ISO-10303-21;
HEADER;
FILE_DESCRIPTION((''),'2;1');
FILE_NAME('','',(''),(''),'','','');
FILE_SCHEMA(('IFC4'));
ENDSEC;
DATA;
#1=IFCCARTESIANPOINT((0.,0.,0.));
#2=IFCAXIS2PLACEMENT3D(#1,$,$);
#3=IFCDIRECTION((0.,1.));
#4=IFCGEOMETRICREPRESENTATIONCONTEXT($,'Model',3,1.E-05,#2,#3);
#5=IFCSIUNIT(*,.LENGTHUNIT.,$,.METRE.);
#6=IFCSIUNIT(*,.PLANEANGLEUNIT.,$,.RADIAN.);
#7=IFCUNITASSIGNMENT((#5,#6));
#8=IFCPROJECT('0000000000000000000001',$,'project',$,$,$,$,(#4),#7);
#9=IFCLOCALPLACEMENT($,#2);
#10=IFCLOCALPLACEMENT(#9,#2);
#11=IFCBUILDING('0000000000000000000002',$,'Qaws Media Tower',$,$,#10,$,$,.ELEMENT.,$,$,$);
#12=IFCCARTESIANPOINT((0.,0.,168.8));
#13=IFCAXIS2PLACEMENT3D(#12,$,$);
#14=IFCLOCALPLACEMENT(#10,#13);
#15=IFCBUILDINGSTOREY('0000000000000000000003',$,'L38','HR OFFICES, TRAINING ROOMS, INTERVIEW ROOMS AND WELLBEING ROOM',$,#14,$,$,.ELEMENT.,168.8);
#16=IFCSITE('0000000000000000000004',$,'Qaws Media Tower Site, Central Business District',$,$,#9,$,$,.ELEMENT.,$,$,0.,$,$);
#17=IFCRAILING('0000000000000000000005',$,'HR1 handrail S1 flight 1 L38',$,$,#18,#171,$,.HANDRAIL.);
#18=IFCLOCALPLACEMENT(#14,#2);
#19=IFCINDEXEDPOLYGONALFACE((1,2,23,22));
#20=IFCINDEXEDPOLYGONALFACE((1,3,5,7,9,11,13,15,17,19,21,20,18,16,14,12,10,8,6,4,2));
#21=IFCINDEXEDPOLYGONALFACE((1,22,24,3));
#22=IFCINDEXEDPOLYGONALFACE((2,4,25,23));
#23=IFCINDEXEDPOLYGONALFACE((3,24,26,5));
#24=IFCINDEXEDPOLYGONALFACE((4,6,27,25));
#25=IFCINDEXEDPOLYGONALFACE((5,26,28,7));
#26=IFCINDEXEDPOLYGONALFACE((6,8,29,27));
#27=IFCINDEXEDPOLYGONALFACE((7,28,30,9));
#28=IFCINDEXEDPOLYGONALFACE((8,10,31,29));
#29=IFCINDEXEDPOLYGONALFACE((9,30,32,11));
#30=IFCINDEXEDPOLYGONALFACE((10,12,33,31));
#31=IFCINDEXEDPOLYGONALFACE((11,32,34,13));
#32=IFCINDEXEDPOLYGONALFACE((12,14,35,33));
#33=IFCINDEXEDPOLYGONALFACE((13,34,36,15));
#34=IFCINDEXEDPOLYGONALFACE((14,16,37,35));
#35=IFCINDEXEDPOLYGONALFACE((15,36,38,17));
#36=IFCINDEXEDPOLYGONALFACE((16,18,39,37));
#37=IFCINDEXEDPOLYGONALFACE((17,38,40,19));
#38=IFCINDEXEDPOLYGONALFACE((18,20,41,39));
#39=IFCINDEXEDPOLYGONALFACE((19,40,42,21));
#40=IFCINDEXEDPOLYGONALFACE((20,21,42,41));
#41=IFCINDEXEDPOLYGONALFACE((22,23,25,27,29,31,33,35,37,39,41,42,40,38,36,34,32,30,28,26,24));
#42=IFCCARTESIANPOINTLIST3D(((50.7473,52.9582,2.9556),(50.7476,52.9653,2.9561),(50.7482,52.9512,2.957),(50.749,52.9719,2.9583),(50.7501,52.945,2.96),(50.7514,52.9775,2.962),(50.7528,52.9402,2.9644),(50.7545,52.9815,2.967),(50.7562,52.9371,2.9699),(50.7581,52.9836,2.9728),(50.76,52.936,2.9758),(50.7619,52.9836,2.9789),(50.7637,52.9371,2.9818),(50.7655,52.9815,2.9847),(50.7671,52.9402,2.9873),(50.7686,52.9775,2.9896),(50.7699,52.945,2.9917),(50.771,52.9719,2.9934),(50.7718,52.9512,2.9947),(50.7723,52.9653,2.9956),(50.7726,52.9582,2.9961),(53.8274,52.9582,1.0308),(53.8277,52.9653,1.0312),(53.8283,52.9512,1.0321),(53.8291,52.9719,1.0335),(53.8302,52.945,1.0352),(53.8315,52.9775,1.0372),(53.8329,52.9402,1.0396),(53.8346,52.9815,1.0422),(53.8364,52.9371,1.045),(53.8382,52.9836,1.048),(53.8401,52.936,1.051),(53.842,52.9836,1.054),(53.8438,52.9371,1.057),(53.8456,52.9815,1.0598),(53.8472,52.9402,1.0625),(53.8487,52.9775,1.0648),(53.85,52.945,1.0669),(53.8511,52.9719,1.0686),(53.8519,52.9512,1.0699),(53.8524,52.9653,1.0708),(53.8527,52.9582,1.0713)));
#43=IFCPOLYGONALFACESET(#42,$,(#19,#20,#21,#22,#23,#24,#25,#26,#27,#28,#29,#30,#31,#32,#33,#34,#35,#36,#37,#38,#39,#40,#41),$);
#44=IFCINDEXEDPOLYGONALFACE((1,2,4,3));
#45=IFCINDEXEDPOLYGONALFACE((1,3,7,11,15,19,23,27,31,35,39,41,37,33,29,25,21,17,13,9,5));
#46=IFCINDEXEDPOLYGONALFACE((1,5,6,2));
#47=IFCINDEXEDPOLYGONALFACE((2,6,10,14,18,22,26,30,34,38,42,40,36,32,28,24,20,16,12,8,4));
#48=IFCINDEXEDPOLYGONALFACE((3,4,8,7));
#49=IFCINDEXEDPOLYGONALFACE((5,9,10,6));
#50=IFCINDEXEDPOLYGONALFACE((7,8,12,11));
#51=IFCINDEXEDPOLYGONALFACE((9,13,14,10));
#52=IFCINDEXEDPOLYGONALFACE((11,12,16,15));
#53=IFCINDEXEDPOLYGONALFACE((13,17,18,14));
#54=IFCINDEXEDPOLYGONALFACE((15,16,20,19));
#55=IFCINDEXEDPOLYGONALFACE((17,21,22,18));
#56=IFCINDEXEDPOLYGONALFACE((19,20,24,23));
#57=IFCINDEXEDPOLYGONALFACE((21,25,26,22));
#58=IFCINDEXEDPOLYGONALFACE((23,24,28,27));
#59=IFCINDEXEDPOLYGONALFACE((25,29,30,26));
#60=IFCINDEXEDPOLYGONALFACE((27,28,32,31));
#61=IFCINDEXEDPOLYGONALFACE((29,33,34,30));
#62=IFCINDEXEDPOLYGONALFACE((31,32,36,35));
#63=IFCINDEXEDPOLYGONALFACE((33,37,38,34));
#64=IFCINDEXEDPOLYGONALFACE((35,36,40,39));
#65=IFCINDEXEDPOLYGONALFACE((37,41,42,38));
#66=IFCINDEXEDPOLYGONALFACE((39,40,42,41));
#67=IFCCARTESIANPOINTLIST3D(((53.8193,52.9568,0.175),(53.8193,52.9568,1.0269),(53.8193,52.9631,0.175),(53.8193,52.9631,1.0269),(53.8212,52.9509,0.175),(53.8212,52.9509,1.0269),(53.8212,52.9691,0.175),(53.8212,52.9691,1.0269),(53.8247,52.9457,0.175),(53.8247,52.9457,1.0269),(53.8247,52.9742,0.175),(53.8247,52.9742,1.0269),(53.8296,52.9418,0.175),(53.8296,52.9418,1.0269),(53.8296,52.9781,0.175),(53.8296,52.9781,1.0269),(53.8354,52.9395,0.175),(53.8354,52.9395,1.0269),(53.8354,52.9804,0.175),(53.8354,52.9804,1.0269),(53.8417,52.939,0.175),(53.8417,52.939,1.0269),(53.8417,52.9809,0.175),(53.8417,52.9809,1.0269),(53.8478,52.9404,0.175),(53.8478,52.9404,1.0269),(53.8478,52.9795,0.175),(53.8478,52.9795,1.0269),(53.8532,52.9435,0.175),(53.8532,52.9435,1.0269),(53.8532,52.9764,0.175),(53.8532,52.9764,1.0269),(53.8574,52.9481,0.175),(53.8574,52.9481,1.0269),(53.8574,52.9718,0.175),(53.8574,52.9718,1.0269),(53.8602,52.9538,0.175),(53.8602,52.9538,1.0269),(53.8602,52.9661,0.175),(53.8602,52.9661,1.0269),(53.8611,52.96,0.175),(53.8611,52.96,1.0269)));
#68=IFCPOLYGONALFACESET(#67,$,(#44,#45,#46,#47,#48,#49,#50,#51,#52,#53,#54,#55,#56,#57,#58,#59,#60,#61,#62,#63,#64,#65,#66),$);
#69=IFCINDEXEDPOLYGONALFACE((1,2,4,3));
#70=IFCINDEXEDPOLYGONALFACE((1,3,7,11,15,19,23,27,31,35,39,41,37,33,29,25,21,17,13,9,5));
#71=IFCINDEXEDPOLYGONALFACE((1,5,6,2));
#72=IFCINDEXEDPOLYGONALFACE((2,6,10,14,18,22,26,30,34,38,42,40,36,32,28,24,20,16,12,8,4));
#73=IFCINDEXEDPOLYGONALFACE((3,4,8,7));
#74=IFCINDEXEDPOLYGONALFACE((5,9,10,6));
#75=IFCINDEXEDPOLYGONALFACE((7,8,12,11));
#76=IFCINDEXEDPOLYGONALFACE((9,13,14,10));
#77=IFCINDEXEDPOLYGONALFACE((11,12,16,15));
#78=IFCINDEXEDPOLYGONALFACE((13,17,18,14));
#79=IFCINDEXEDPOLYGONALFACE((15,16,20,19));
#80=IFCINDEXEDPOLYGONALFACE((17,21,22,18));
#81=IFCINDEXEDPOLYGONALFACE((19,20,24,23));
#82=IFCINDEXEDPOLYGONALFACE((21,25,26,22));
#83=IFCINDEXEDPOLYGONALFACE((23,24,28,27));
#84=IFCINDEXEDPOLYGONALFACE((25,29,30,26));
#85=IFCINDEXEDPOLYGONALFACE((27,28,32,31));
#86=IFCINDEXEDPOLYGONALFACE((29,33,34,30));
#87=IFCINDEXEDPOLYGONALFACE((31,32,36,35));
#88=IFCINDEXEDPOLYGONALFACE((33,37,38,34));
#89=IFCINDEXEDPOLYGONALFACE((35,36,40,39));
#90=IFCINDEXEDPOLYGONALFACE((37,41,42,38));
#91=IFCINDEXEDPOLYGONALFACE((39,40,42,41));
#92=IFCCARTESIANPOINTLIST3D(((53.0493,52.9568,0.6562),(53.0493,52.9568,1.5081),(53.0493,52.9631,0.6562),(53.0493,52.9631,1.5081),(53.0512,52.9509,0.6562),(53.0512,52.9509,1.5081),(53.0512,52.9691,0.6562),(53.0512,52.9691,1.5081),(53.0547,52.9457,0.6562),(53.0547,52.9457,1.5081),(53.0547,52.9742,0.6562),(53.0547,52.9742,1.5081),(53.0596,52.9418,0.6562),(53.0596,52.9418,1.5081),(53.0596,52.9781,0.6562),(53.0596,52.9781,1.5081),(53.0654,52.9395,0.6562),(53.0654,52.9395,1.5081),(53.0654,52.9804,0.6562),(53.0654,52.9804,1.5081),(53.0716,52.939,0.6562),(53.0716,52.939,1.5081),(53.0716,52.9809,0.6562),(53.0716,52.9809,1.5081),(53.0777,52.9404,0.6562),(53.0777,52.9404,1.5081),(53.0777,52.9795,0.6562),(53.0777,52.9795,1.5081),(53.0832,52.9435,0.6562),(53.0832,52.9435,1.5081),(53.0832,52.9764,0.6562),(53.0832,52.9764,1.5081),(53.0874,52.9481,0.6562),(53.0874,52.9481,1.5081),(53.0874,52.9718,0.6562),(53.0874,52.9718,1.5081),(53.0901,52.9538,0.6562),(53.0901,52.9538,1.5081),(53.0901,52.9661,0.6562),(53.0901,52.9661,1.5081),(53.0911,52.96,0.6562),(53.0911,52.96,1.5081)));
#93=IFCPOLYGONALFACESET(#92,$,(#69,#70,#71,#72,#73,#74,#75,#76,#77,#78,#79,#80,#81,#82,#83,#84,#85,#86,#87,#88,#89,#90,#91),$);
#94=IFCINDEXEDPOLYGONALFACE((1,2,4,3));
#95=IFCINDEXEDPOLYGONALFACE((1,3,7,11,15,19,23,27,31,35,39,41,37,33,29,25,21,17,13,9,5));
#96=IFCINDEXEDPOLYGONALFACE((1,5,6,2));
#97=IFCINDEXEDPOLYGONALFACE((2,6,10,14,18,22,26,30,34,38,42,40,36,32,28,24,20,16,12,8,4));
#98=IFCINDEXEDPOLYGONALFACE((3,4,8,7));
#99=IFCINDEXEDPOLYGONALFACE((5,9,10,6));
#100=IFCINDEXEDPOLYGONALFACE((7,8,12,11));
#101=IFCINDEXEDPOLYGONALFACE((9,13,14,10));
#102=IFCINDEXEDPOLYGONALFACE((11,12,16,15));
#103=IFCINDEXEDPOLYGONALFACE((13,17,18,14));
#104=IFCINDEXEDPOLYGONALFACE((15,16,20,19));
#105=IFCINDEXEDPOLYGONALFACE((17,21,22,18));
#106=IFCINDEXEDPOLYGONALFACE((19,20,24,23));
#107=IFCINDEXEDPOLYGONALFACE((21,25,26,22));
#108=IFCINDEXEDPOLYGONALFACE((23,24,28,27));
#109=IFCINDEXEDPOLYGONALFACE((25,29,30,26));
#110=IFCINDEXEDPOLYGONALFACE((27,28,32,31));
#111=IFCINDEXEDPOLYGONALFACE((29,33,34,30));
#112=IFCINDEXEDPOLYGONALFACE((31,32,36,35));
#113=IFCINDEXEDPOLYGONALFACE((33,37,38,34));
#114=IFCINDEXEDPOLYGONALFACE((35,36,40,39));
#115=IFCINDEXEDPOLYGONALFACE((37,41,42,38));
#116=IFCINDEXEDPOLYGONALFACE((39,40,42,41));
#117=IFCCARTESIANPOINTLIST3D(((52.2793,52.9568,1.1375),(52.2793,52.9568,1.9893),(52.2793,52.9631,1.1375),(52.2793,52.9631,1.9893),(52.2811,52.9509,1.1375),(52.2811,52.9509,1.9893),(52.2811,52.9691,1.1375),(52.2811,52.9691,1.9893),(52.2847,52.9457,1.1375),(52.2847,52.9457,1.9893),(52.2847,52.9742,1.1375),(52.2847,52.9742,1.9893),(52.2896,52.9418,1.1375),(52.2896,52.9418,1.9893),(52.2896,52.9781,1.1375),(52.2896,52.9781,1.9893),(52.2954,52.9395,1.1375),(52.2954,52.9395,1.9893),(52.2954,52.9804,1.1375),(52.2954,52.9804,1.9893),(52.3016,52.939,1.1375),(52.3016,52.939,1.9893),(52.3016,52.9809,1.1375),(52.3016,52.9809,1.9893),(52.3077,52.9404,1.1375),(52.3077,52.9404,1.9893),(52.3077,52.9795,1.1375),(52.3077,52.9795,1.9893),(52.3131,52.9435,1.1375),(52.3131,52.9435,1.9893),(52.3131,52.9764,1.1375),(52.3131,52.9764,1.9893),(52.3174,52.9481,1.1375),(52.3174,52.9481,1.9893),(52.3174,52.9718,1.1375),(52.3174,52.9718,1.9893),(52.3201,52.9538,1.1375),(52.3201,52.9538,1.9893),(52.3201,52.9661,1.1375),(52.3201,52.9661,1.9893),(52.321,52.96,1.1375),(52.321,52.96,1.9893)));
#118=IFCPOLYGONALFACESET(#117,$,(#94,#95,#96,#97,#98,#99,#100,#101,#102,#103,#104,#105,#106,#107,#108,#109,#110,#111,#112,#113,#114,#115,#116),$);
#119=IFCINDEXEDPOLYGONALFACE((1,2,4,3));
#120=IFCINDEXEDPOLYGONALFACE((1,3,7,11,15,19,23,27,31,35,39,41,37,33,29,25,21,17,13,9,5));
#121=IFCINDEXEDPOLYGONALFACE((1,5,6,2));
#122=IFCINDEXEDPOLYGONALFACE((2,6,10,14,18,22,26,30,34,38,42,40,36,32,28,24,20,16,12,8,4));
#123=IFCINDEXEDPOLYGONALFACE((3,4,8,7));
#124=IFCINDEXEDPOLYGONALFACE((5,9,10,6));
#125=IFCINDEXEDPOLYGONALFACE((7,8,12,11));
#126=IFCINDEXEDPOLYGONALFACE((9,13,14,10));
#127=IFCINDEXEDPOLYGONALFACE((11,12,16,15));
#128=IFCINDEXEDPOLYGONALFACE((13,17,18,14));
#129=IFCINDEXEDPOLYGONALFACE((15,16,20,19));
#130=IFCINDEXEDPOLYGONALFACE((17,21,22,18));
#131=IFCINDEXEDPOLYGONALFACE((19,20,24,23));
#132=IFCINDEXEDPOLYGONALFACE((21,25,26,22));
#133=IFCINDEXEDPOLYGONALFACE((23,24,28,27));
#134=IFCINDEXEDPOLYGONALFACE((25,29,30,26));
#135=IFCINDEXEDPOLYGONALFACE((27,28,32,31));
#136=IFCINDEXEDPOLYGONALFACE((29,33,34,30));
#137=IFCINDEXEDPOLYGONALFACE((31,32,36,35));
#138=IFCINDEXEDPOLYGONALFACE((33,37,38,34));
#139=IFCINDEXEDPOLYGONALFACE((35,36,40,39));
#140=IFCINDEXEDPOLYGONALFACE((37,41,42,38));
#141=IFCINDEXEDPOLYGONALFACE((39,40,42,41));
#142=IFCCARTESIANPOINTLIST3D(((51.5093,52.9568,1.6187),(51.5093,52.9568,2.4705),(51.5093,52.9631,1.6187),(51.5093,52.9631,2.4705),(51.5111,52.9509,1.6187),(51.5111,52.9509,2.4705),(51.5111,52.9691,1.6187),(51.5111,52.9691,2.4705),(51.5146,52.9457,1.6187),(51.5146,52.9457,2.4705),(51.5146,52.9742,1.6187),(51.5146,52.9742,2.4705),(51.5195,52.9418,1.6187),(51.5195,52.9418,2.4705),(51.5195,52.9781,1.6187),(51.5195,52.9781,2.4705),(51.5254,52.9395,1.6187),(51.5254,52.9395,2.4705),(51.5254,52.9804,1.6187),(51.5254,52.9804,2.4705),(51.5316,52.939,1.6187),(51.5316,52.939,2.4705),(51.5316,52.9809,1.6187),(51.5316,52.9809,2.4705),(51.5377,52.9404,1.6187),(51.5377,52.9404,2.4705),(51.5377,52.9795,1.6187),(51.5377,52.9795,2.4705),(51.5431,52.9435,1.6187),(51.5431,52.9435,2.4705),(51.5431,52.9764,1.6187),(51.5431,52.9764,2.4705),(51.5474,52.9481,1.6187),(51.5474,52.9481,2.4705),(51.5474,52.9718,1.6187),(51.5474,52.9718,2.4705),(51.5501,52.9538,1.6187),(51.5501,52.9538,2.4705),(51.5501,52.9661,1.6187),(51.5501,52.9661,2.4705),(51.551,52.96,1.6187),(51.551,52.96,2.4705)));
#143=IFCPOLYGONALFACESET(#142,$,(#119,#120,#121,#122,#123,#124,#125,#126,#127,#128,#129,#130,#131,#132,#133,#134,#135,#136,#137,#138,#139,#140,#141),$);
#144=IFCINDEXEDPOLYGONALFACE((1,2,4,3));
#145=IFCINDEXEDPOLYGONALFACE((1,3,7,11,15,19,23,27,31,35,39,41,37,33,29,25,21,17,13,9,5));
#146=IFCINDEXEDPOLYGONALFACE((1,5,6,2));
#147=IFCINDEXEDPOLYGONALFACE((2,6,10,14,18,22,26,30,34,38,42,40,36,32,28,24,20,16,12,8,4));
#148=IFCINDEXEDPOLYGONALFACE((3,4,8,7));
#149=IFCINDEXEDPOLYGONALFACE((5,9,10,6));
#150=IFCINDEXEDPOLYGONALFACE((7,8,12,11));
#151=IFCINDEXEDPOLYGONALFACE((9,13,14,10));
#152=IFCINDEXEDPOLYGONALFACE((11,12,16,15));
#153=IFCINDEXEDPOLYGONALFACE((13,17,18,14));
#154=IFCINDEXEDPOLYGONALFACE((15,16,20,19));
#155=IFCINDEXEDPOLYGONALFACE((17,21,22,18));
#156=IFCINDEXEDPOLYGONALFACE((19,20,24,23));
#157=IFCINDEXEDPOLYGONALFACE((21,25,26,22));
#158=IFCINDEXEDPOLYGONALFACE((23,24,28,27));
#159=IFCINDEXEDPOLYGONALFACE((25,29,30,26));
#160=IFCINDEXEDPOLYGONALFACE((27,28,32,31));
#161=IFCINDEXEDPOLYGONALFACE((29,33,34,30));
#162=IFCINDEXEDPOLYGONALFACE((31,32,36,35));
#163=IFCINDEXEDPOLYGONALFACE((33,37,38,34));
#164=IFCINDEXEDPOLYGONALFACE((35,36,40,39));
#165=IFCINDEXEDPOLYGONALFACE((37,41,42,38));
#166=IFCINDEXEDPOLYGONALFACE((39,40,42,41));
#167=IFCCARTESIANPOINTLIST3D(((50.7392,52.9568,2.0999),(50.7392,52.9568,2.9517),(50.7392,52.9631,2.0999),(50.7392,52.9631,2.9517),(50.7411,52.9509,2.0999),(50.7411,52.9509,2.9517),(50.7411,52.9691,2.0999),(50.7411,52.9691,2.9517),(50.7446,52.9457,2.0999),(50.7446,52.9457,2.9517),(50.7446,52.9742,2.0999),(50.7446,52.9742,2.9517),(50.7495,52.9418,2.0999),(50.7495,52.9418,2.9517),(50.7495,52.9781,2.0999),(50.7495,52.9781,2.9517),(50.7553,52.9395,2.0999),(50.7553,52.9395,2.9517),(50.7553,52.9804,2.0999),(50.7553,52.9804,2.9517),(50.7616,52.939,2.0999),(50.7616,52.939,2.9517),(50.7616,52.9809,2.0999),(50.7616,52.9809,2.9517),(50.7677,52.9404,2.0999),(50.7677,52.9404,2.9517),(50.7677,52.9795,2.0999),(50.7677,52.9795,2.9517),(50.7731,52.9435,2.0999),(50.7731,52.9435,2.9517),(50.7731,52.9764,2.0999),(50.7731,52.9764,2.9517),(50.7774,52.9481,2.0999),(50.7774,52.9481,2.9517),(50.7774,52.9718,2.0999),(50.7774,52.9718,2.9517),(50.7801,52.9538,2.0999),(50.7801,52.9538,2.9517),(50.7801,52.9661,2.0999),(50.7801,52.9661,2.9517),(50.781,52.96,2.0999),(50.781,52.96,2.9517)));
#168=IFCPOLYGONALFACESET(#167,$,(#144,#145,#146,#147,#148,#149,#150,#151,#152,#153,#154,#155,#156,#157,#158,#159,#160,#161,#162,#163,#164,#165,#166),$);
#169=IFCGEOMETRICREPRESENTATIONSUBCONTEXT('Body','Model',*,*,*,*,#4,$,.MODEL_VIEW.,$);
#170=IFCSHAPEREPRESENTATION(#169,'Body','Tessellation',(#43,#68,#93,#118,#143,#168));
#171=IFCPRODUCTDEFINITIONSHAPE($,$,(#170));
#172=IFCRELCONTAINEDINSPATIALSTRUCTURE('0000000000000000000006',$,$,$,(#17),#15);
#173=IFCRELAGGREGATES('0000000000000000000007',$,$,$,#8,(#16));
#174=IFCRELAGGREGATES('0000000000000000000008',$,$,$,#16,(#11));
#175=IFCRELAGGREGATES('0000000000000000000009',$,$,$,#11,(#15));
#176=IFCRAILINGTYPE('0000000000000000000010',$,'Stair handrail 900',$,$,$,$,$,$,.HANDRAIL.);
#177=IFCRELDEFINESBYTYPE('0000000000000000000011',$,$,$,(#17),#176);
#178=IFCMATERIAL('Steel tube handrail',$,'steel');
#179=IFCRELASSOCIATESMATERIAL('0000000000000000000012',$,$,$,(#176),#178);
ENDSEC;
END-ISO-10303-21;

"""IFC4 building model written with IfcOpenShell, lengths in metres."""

from ifc_helpers import new_model, si_unit, direction, frame, origin, origin_2d, place, context, subcontext, project, spatial, circle, extrude, material, type_object, element, save


model = new_model("IFC4")

# Units and contexts
model_context = context("Model", 3, precision=1e-05, world=origin(), true_north=direction((0.0, 1.0)))
body_context = subcontext(model_context, "Body", "Model", "MODEL_VIEW")
ifc_project = project(units=[si_unit("LENGTHUNIT", "METRE"), si_unit("PLANEANGLEUNIT", "RADIAN")], contexts=[model_context])

# Site, building, storey
site_placement = place(None, origin())
site = spatial("IfcSite", under=ifc_project, at=site_placement, Name="Qaws Media Tower Site, Central Business District", CompositionType="ELEMENT", RefElevation=0.0)
building_placement = place(site_placement, origin())
building = spatial("IfcBuilding", under=site, at=building_placement, Name="Qaws Media Tower", CompositionType="ELEMENT")
storey_placement = place(building_placement, frame((0.0, 0.0, 168.8)))
storey = spatial("IfcBuildingStorey", under=building, at=storey_placement, Name="L38", Description="HR OFFICES, TRAINING ROOMS, INTERVIEW ROOMS AND WELLBEING ROOM", CompositionType="ELEMENT", Elevation=168.8)

# Railing
ifc_material_1 = material(Name="Steel tube handrail", Category="steel")
railing_type = type_object("IfcRailingType", Name="Stair handrail 900", PredefinedType="HANDRAIL", material=ifc_material_1)
for number, where, name in (
    (1, (53.8401, 52.96, 0.175), "HR1 handrail S1 flight 1 L38"),
):
    element("IfcRailing", number, at=place(storey_placement, frame(where)), inside=storey, type_object=railing_type, Name=name, PredefinedType="HANDRAIL", context=body_context, shape_type="SweptSolid", body=[
        extrude(circle(Radius=0.0239, at=origin_2d()), frame((0.0, 0.0, 0.876), z_axis=(-0.848029, 0.0, 0.529951), x_axis=(0.0, -1.0, 0.0)), (0.0, 0.0, 1.0), 3.6321),
        extrude(circle(Radius=0.021, at=origin_2d()), origin(), (0.0, 0.0, 1.0), 0.8518),
        extrude(circle(Radius=0.021, at=origin_2d()), frame((-0.77, 0.0, 0.4812)), (0.0, 0.0, 1.0), 0.8518),
        extrude(circle(Radius=0.021, at=origin_2d()), frame((-1.54, 0.0, 0.9624)), (0.0, 0.0, 1.0), 0.8518),
        extrude(circle(Radius=0.021, at=origin_2d()), frame((-2.3101, 0.0, 1.4436)), (0.0, 0.0, 1.0), 0.8518),
        extrude(circle(Radius=0.021, at=origin_2d()), frame((-3.0801, 0.0, 1.9248)), (0.0, 0.0, 1.0), 0.8518),
    ])

save(model, "model.ifc")
